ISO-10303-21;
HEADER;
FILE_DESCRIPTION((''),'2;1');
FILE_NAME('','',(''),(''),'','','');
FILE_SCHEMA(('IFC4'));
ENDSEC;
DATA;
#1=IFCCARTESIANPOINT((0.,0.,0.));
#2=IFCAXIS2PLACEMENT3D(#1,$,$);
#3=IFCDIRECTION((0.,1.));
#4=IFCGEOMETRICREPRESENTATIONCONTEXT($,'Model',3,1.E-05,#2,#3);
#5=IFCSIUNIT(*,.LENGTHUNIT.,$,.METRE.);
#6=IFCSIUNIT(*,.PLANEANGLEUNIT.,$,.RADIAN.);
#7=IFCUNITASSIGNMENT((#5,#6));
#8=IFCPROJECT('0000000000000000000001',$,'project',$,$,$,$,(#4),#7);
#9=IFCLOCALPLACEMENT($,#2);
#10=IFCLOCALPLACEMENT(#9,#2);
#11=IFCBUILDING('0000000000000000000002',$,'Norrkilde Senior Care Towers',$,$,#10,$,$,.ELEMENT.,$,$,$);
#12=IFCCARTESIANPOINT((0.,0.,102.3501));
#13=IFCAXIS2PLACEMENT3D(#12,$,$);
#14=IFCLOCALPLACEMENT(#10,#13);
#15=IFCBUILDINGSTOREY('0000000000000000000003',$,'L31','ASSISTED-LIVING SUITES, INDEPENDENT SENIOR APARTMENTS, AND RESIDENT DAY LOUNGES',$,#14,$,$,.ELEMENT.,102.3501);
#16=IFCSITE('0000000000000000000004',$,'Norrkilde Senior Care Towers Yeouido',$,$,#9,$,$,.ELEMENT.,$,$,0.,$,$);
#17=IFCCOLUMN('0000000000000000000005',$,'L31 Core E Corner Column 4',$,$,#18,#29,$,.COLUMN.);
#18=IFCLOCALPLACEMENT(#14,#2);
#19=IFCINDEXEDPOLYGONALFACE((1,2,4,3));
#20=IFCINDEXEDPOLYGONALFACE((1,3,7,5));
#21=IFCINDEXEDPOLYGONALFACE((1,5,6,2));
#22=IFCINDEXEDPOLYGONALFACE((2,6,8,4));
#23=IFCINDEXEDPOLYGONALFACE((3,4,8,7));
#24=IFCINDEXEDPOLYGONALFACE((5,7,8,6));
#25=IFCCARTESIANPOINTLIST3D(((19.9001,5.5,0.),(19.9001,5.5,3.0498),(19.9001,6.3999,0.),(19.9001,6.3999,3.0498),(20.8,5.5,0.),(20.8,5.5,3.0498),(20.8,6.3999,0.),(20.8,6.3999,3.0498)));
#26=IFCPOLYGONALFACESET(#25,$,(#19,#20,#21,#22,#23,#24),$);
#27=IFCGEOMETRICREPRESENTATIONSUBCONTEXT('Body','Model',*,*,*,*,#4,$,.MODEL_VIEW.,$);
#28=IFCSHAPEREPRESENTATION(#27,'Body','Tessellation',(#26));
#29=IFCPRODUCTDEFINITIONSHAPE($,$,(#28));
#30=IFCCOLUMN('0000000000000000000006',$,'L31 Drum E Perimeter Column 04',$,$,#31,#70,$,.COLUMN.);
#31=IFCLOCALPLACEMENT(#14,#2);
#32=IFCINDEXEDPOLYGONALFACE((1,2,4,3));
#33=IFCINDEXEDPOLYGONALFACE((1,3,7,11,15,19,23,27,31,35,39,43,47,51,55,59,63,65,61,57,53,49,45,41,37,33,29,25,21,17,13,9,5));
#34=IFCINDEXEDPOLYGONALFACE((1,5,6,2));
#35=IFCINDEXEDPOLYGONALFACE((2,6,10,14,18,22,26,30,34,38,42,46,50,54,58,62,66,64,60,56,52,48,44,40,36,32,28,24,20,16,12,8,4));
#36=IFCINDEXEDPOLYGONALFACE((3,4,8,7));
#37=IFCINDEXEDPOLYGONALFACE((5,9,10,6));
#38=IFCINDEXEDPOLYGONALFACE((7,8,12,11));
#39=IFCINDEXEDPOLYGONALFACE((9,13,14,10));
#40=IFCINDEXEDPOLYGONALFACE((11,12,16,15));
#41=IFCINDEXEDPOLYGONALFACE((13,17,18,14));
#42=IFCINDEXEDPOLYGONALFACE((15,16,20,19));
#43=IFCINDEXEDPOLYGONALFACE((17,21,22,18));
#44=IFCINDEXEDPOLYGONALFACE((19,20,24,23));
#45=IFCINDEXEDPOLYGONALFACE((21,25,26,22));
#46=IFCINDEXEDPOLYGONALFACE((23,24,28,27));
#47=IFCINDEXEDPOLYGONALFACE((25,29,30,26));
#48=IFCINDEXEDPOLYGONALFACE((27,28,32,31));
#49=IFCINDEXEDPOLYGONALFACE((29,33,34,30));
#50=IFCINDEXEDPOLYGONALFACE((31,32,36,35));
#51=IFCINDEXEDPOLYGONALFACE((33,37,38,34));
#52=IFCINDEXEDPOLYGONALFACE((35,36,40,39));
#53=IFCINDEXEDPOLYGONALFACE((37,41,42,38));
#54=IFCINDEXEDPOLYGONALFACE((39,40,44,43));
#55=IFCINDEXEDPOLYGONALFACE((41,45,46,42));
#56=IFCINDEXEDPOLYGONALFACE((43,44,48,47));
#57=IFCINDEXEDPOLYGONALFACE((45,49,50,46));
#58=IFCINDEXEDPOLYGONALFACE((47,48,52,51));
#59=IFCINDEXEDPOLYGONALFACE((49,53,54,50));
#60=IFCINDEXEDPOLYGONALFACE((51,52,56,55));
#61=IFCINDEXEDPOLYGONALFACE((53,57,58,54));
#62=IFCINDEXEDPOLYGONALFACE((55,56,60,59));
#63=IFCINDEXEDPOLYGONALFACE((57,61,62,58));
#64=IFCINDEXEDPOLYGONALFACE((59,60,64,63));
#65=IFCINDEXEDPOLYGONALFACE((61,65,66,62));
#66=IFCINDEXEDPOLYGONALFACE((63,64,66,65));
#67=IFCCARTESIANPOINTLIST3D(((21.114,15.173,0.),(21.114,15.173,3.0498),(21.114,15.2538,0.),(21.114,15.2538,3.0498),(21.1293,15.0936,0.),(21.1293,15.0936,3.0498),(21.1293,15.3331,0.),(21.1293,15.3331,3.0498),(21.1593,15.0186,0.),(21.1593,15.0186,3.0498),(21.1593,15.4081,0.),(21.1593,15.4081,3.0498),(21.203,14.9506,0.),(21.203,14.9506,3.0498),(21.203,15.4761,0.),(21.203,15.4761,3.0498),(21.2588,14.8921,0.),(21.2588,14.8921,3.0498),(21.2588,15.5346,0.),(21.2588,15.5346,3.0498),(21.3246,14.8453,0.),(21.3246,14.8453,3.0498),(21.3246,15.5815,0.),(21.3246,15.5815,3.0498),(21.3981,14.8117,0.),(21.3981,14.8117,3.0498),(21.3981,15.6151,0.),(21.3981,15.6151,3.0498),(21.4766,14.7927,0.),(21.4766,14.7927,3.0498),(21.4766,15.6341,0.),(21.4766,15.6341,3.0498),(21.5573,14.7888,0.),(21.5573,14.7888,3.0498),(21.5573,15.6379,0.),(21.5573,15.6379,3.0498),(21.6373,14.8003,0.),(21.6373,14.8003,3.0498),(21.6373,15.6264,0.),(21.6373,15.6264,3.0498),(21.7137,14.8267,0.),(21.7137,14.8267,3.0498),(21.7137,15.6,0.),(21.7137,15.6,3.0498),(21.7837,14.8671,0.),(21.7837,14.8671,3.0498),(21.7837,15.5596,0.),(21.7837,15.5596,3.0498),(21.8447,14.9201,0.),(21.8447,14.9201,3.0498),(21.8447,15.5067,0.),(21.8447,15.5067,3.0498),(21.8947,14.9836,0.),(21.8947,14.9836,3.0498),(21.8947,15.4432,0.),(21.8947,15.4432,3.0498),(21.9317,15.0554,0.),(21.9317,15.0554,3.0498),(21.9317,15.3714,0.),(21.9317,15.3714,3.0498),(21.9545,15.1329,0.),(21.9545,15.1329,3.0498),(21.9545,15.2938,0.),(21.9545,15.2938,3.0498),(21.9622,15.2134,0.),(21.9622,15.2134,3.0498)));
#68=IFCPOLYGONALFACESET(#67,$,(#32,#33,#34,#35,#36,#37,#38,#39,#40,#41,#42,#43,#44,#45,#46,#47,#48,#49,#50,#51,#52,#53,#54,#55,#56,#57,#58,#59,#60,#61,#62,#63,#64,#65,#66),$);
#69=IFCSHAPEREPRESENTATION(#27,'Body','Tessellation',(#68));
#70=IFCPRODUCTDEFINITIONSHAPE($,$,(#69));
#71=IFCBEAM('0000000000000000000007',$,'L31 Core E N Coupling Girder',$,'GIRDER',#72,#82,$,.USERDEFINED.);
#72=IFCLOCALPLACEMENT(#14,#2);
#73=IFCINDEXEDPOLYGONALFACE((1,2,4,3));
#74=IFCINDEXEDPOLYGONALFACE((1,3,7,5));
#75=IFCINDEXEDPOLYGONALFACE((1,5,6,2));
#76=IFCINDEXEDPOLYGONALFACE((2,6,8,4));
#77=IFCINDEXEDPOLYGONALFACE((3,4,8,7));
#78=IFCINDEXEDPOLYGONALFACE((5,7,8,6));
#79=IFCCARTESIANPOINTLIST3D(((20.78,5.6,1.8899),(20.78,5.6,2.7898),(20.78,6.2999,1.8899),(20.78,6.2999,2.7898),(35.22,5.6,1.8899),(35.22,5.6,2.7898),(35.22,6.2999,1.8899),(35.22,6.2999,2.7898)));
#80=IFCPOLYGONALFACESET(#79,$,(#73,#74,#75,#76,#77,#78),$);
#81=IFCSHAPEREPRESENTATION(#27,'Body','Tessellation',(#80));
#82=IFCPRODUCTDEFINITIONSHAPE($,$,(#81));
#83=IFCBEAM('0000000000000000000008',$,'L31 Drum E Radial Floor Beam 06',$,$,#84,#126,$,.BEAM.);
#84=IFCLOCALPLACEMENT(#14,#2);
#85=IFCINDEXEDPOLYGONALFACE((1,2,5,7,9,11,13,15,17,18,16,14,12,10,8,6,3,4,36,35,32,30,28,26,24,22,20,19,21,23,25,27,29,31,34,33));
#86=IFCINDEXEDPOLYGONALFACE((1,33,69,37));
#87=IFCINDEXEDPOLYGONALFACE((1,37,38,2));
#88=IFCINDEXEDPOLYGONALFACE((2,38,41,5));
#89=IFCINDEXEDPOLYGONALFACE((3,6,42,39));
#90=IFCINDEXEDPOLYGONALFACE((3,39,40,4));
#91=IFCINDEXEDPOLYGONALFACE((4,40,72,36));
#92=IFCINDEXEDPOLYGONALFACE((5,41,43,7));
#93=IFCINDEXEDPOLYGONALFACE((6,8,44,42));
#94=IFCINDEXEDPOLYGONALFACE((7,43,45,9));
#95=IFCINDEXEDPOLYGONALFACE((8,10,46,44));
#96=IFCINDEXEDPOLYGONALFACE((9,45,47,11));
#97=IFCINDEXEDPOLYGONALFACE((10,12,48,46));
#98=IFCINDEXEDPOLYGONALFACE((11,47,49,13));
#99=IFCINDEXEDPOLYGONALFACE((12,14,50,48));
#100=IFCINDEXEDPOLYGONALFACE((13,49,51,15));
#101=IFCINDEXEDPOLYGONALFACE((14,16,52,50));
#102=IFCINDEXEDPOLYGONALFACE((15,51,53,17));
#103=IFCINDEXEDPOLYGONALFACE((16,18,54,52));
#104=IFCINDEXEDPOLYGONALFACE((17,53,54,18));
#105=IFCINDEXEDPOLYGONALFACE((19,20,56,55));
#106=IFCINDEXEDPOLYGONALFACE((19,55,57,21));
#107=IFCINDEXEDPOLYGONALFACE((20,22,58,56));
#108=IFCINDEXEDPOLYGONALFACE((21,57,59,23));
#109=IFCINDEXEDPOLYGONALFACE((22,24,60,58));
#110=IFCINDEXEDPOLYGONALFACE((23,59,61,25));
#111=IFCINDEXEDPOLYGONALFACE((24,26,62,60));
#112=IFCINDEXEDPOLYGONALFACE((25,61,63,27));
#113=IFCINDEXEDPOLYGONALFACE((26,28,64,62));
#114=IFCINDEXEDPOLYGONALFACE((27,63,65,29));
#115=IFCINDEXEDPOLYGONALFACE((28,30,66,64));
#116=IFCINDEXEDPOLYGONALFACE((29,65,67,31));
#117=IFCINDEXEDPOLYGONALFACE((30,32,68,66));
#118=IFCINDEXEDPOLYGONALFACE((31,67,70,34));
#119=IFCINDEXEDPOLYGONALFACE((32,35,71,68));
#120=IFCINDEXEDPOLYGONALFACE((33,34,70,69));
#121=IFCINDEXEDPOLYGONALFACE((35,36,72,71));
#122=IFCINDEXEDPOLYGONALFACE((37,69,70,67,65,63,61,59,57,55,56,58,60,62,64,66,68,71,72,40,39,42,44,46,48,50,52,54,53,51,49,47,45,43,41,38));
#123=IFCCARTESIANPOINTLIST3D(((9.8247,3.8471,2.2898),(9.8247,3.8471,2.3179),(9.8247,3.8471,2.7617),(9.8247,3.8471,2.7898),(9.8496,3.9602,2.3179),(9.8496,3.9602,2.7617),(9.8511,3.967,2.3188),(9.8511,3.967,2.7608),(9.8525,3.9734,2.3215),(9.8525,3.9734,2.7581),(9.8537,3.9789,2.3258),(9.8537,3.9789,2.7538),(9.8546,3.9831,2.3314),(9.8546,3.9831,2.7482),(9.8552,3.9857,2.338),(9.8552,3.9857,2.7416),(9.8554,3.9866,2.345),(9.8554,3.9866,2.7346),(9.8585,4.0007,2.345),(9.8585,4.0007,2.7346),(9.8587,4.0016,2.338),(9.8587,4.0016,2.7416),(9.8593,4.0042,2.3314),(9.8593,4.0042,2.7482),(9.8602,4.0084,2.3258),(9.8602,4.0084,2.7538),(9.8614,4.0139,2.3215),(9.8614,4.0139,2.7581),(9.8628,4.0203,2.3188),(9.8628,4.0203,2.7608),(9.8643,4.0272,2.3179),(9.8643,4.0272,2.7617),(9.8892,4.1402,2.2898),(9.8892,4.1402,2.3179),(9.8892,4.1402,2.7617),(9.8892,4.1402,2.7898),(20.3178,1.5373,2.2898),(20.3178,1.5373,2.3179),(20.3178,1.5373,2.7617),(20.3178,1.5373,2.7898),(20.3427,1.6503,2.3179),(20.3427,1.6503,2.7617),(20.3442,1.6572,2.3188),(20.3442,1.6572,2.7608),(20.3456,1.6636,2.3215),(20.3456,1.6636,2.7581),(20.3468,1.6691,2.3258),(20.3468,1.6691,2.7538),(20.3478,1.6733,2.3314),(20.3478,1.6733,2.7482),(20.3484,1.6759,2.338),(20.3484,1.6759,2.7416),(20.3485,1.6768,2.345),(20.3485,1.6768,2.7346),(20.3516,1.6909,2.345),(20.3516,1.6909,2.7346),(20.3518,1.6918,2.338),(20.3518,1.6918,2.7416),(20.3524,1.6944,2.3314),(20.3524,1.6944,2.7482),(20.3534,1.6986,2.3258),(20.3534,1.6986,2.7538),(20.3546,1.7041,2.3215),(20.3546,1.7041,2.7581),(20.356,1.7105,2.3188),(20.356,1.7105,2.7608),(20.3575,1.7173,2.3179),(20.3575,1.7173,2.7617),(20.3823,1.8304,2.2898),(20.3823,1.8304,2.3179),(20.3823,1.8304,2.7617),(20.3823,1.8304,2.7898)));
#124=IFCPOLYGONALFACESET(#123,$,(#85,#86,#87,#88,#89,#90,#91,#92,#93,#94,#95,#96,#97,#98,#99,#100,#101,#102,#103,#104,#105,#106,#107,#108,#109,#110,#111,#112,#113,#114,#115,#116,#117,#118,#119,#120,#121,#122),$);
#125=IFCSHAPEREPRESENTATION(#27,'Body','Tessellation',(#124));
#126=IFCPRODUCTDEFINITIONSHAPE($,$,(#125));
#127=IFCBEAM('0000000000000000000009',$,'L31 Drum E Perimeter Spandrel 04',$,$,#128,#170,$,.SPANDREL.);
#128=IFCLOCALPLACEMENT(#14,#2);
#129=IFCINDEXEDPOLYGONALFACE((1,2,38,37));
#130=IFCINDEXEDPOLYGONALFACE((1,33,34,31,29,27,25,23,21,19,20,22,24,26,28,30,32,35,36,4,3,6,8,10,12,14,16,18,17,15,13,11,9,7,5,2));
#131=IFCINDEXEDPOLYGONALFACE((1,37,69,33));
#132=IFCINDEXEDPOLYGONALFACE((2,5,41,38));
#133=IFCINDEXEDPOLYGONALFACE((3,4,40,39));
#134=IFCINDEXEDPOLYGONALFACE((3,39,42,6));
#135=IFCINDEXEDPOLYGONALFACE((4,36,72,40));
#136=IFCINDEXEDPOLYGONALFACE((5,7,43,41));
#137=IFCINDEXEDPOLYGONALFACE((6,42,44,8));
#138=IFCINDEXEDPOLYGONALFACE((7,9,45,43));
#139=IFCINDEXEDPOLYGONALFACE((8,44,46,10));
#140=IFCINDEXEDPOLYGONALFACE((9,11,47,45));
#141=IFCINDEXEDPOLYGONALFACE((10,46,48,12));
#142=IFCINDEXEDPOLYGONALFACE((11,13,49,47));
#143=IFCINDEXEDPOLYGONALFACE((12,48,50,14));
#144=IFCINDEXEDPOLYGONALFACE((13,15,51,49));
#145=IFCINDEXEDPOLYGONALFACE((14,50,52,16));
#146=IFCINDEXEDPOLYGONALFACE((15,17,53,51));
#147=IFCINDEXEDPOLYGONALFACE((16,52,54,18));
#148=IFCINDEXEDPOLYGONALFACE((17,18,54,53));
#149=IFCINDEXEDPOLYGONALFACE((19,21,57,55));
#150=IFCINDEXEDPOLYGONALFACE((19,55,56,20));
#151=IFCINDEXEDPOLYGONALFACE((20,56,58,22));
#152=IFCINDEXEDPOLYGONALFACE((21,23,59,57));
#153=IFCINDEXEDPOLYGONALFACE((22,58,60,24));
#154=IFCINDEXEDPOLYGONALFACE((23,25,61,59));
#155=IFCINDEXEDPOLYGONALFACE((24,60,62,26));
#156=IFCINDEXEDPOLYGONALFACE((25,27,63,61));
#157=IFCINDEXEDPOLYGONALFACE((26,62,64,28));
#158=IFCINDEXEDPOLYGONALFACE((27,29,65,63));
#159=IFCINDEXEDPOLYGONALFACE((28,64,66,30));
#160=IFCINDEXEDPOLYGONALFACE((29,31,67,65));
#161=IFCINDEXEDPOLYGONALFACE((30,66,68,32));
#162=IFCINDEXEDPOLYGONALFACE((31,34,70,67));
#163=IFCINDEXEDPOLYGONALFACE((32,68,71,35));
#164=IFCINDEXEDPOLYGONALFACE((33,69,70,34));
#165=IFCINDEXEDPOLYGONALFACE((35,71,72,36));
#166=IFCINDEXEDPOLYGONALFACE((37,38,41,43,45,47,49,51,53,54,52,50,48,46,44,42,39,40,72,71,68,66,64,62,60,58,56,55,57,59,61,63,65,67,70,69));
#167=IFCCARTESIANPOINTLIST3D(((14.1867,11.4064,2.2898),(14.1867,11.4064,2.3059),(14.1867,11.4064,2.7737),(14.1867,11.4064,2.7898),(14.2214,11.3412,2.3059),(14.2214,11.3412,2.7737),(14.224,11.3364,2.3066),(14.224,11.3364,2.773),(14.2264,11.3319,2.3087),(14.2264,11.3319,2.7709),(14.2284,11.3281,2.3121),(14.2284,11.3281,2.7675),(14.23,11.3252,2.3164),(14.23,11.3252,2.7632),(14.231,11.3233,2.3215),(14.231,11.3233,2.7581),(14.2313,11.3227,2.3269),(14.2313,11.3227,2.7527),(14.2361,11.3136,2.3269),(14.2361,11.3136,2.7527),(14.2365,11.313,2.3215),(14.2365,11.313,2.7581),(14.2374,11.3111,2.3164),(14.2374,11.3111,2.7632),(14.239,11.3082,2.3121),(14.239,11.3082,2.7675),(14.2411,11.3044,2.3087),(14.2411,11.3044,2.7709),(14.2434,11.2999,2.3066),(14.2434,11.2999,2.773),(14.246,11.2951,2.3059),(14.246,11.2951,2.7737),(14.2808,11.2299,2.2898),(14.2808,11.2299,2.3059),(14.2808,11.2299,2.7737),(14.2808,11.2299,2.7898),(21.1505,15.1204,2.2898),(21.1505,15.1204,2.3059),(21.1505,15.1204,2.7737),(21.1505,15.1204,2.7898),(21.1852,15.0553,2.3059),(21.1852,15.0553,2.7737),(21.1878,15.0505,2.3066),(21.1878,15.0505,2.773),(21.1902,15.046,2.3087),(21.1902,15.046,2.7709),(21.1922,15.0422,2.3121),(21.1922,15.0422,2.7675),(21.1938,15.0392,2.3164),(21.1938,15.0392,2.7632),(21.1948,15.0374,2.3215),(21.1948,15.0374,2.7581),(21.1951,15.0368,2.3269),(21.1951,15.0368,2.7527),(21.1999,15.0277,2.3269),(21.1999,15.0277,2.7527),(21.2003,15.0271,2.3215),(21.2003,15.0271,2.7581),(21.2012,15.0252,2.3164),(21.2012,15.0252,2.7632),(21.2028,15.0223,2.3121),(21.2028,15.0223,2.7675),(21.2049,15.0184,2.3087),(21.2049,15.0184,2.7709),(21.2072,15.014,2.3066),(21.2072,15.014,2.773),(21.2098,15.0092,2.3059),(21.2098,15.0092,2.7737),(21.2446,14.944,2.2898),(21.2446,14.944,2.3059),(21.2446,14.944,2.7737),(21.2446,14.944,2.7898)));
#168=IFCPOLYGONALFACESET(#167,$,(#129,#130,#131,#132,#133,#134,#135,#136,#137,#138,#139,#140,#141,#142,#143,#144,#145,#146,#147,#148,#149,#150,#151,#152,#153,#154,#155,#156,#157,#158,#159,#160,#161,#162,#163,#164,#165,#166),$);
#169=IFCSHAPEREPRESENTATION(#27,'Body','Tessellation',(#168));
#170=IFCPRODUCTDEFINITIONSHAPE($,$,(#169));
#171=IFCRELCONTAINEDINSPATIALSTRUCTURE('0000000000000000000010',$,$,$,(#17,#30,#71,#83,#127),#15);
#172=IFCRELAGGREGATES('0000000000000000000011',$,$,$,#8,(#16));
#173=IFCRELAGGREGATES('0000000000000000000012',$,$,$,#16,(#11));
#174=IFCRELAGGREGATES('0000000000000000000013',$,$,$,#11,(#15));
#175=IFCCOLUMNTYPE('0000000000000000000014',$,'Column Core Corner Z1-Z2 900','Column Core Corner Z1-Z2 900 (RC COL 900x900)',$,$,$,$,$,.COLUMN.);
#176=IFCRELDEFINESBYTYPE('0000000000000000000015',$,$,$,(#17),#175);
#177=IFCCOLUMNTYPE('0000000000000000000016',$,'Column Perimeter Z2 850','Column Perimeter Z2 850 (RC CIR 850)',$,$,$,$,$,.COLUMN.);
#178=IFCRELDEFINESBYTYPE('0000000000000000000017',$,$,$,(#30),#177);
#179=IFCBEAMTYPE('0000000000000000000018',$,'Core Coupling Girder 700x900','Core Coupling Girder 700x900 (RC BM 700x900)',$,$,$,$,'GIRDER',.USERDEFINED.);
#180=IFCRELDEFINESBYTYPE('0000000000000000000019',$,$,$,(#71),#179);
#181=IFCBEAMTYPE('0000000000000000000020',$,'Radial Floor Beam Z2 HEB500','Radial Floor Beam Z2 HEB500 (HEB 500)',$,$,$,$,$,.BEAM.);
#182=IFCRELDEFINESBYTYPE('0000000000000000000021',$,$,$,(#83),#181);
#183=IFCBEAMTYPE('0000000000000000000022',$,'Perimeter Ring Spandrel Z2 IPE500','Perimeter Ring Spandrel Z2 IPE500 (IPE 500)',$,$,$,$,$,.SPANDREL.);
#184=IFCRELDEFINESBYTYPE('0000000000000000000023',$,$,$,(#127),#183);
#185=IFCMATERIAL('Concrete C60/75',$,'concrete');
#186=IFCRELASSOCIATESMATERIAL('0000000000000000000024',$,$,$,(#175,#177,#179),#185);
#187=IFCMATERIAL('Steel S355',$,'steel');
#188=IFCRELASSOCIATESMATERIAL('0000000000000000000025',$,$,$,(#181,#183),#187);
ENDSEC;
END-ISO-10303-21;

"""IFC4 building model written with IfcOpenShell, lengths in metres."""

from ifc_helpers import new_model, si_unit, direction, frame, origin, origin_2d, place, context, subcontext, project, spatial, rectangle, circle, i_section, extrude, source, transform, mapped, material, material_profile, profile_set, type_object, type_shapes, element, save


model = new_model("IFC4")

# Units and contexts
model_context = context("Model", 3, precision=1e-05, world=origin(), true_north=direction((0.0, 1.0)))
body_context = subcontext(model_context, "Body", "Model", "MODEL_VIEW")
ifc_project = project(units=[si_unit("LENGTHUNIT", "METRE"), si_unit("PLANEANGLEUNIT", "RADIAN")], contexts=[model_context])

# Site, building, storey
site_placement = place(None, origin())
site = spatial("IfcSite", under=ifc_project, at=site_placement, Name="Norrkilde Senior Care Towers Yeouido", CompositionType="ELEMENT", RefElevation=0.0)
building_placement = place(site_placement, origin())
building = spatial("IfcBuilding", under=site, at=building_placement, Name="Norrkilde Senior Care Towers", CompositionType="ELEMENT")
storey_placement = place(building_placement, frame((0.0, 0.0, 102.3501)))
storey = spatial("IfcBuildingStorey", under=building, at=storey_placement, Name="L31", Description="ASSISTED-LIVING SUITES, INDEPENDENT SENIOR APARTMENTS, AND RESIDENT DAY LOUNGES", CompositionType="ELEMENT", Elevation=102.3501)

# Columns
ifc_material_1 = material(Name="Concrete C60/75", Category="concrete")
ifc_material_profile_1 = material_profile(ifc_material_1, rectangle(XDim=0.8999, YDim=0.8999, at=origin_2d()), Name="RC COL 900x900")
ifc_profile_set_1 = profile_set([ifc_material_profile_1], Name="Concrete C60/75")
column_type_1 = type_object("IfcColumnType", Name="Column Core Corner Z1-Z2 900", Description="Column Core Corner Z1-Z2 900 (RC COL 900x900)", PredefinedType="COLUMN", material=ifc_profile_set_1)
shared_shape_1 = source(origin(), body_context, "Body", "SweptSolid", [
    extrude(rectangle(XDim=0.8999, YDim=0.8999, at=origin_2d()), origin(), (0.0, 0.0, 1.0), 3.0498),
])
type_shapes(column_type_1, [shared_shape_1])
column_1_placement = place(storey_placement, frame((20.3501, 5.95, 0.0), z_axis=(0.0, 0.0, 1.0), x_axis=(1.0, 0.0, 0.0)))
element("IfcColumn", 1, at=column_1_placement, inside=storey, type_object=column_type_1, Name="L31 Core E Corner Column 4", PredefinedType="COLUMN", context=body_context, shape_type="MappedRepresentation", body=[
    mapped(shared_shape_1, transform((0.0, 0.0, 0.0), x_axis=(1.0, 0.0, 0.0), y_axis=(0.0, 1.0, 0.0), z_axis=(0.0, 0.0, 1.0), scale=1.0)),
])
ifc_material_profile_2 = material_profile(ifc_material_1, circle(Radius=0.425, at=origin_2d()), Name="RC CIR 850")
ifc_profile_set_2 = profile_set([ifc_material_profile_2], Name="Concrete C60/75")
column_type_2 = type_object("IfcColumnType", Name="Column Perimeter Z2 850", Description="Column Perimeter Z2 850 (RC CIR 850)", PredefinedType="COLUMN", material=ifc_profile_set_2)
shared_shape_2 = source(origin(), body_context, "Body", "SweptSolid", [
    extrude(circle(Radius=0.425, at=origin_2d()), origin(), (0.0, 0.0, 1.0), 3.0498),
])
type_shapes(column_type_2, [shared_shape_2])
column_2_placement = place(storey_placement, frame((21.5371, 15.2134, 0.0), z_axis=(0.0, 0.0, 1.0), x_axis=(1.0, 0.0, 0.0)))
element("IfcColumn", 2, at=column_2_placement, inside=storey, type_object=column_type_2, Name="L31 Drum E Perimeter Column 04", PredefinedType="COLUMN", context=body_context, shape_type="MappedRepresentation", body=[
    mapped(shared_shape_2, transform((0.0, 0.0, 0.0), x_axis=(1.0, 0.0, 0.0), y_axis=(0.0, 1.0, 0.0), z_axis=(0.0, 0.0, 1.0), scale=1.0)),
])

# Beams
ifc_material_profile_3 = material_profile(ifc_material_1, rectangle(XDim=0.7, YDim=0.8999, at=origin_2d()), Name="RC BM 700x900")
ifc_profile_set_3 = profile_set([ifc_material_profile_3], Name="Concrete C60/75")
beam_type_1 = type_object("IfcBeamType", Name="Core Coupling Girder 700x900", Description="Core Coupling Girder 700x900 (RC BM 700x900)", ElementType="GIRDER", PredefinedType="USERDEFINED", material=ifc_profile_set_3)
shared_shape_3 = source(origin(), body_context, "Body", "SweptSolid", [
    extrude(rectangle(XDim=0.7, YDim=0.8999, at=origin_2d()), origin(), (0.0, 0.0, 1.0), 14.4399),
])
type_shapes(beam_type_1, [shared_shape_3])
beam_1_placement = place(storey_placement, frame((20.78, 5.95, 2.3398), z_axis=(1.0, 0.0, 0.0), x_axis=(0.0, 1.0, 0.0)))
element("IfcBeam", 3, at=beam_1_placement, inside=storey, type_object=beam_type_1, Name="L31 Core E N Coupling Girder", ObjectType="GIRDER", PredefinedType="USERDEFINED", context=body_context, shape_type="MappedRepresentation", body=[
    mapped(shared_shape_3, transform((0.0, 0.0, 0.0), x_axis=(1.0, 0.0, 0.0), y_axis=(0.0, 1.0, 0.0), z_axis=(0.0, 0.0, 1.0), scale=1.0)),
])
ifc_material_2 = material(Name="Steel S355", Category="steel")
ifc_material_profile_4 = material_profile(ifc_material_2, i_section(OverallWidth=0.3, OverallDepth=0.5, WebThickness=0.0144, FlangeThickness=0.0281, FilletRadius=0.0271, at=origin_2d()), Name="HEB 500")
ifc_profile_set_4 = profile_set([ifc_material_profile_4], Name="Steel S355")
beam_type_2 = type_object("IfcBeamType", Name="Radial Floor Beam Z2 HEB500", Description="Radial Floor Beam Z2 HEB500 (HEB 500)", PredefinedType="BEAM", material=ifc_profile_set_4)
shared_shape_4 = source(origin(), body_context, "Body", "SweptSolid", [
    extrude(i_section(OverallWidth=0.3, OverallDepth=0.5, WebThickness=0.0144, FlangeThickness=0.0281, FilletRadius=0.0271, at=origin_2d()), origin(), (0.0, 0.0, 1.0), 10.7444),
])
beam_2_placement = place(storey_placement, frame((20.3501, 1.6838, 2.5398), z_axis=(-0.976619, 0.214979, 0.0), x_axis=(-0.214979, -0.976619, 0.0)))
element("IfcBeam", 4, at=beam_2_placement, inside=storey, type_object=beam_type_2, Name="L31 Drum E Radial Floor Beam 06", PredefinedType="BEAM", context=body_context, shape_type="MappedRepresentation", body=[
    mapped(shared_shape_4, transform((0.0, 0.0, 0.0), x_axis=(1.0, 0.0, 0.0), y_axis=(0.0, 1.0, 0.0), z_axis=(0.0, 0.0, 1.0), scale=1.0)),
])
ifc_material_profile_5 = material_profile(ifc_material_2, i_section(OverallWidth=0.2, OverallDepth=0.5, WebThickness=0.0103, FlangeThickness=0.0161, FilletRadius=0.021, at=origin_2d()), Name="IPE 500")
ifc_profile_set_5 = profile_set([ifc_material_profile_5], Name="Steel S355")
beam_type_3 = type_object("IfcBeamType", Name="Perimeter Ring Spandrel Z2 IPE500", Description="Perimeter Ring Spandrel Z2 IPE500 (IPE 500)", PredefinedType="SPANDREL", material=ifc_profile_set_5)
shared_shape_5 = source(origin(), body_context, "Body", "SweptSolid", [
    extrude(i_section(OverallWidth=0.2, OverallDepth=0.5, WebThickness=0.0103, FlangeThickness=0.0161, FilletRadius=0.021, at=origin_2d()), origin(), (0.0, 0.0, 1.0), 7.8923),
])
type_shapes(beam_type_3, [shared_shape_5])
beam_3_placement = place(storey_placement, frame((21.1975, 15.0322, 2.5398), z_axis=(-0.88235, -0.470593, 0.0), x_axis=(0.470593, -0.88235, 0.0)))
element("IfcBeam", 5, at=beam_3_placement, inside=storey, type_object=beam_type_3, Name="L31 Drum E Perimeter Spandrel 04", PredefinedType="SPANDREL", context=body_context, shape_type="MappedRepresentation", body=[
    mapped(shared_shape_5, transform((0.0, 0.0, 0.0), x_axis=(1.0, 0.0, 0.0), y_axis=(0.0, 1.0, 0.0), z_axis=(0.0, 0.0, 1.0), scale=1.0)),
])

save(model, "model.ifc")
